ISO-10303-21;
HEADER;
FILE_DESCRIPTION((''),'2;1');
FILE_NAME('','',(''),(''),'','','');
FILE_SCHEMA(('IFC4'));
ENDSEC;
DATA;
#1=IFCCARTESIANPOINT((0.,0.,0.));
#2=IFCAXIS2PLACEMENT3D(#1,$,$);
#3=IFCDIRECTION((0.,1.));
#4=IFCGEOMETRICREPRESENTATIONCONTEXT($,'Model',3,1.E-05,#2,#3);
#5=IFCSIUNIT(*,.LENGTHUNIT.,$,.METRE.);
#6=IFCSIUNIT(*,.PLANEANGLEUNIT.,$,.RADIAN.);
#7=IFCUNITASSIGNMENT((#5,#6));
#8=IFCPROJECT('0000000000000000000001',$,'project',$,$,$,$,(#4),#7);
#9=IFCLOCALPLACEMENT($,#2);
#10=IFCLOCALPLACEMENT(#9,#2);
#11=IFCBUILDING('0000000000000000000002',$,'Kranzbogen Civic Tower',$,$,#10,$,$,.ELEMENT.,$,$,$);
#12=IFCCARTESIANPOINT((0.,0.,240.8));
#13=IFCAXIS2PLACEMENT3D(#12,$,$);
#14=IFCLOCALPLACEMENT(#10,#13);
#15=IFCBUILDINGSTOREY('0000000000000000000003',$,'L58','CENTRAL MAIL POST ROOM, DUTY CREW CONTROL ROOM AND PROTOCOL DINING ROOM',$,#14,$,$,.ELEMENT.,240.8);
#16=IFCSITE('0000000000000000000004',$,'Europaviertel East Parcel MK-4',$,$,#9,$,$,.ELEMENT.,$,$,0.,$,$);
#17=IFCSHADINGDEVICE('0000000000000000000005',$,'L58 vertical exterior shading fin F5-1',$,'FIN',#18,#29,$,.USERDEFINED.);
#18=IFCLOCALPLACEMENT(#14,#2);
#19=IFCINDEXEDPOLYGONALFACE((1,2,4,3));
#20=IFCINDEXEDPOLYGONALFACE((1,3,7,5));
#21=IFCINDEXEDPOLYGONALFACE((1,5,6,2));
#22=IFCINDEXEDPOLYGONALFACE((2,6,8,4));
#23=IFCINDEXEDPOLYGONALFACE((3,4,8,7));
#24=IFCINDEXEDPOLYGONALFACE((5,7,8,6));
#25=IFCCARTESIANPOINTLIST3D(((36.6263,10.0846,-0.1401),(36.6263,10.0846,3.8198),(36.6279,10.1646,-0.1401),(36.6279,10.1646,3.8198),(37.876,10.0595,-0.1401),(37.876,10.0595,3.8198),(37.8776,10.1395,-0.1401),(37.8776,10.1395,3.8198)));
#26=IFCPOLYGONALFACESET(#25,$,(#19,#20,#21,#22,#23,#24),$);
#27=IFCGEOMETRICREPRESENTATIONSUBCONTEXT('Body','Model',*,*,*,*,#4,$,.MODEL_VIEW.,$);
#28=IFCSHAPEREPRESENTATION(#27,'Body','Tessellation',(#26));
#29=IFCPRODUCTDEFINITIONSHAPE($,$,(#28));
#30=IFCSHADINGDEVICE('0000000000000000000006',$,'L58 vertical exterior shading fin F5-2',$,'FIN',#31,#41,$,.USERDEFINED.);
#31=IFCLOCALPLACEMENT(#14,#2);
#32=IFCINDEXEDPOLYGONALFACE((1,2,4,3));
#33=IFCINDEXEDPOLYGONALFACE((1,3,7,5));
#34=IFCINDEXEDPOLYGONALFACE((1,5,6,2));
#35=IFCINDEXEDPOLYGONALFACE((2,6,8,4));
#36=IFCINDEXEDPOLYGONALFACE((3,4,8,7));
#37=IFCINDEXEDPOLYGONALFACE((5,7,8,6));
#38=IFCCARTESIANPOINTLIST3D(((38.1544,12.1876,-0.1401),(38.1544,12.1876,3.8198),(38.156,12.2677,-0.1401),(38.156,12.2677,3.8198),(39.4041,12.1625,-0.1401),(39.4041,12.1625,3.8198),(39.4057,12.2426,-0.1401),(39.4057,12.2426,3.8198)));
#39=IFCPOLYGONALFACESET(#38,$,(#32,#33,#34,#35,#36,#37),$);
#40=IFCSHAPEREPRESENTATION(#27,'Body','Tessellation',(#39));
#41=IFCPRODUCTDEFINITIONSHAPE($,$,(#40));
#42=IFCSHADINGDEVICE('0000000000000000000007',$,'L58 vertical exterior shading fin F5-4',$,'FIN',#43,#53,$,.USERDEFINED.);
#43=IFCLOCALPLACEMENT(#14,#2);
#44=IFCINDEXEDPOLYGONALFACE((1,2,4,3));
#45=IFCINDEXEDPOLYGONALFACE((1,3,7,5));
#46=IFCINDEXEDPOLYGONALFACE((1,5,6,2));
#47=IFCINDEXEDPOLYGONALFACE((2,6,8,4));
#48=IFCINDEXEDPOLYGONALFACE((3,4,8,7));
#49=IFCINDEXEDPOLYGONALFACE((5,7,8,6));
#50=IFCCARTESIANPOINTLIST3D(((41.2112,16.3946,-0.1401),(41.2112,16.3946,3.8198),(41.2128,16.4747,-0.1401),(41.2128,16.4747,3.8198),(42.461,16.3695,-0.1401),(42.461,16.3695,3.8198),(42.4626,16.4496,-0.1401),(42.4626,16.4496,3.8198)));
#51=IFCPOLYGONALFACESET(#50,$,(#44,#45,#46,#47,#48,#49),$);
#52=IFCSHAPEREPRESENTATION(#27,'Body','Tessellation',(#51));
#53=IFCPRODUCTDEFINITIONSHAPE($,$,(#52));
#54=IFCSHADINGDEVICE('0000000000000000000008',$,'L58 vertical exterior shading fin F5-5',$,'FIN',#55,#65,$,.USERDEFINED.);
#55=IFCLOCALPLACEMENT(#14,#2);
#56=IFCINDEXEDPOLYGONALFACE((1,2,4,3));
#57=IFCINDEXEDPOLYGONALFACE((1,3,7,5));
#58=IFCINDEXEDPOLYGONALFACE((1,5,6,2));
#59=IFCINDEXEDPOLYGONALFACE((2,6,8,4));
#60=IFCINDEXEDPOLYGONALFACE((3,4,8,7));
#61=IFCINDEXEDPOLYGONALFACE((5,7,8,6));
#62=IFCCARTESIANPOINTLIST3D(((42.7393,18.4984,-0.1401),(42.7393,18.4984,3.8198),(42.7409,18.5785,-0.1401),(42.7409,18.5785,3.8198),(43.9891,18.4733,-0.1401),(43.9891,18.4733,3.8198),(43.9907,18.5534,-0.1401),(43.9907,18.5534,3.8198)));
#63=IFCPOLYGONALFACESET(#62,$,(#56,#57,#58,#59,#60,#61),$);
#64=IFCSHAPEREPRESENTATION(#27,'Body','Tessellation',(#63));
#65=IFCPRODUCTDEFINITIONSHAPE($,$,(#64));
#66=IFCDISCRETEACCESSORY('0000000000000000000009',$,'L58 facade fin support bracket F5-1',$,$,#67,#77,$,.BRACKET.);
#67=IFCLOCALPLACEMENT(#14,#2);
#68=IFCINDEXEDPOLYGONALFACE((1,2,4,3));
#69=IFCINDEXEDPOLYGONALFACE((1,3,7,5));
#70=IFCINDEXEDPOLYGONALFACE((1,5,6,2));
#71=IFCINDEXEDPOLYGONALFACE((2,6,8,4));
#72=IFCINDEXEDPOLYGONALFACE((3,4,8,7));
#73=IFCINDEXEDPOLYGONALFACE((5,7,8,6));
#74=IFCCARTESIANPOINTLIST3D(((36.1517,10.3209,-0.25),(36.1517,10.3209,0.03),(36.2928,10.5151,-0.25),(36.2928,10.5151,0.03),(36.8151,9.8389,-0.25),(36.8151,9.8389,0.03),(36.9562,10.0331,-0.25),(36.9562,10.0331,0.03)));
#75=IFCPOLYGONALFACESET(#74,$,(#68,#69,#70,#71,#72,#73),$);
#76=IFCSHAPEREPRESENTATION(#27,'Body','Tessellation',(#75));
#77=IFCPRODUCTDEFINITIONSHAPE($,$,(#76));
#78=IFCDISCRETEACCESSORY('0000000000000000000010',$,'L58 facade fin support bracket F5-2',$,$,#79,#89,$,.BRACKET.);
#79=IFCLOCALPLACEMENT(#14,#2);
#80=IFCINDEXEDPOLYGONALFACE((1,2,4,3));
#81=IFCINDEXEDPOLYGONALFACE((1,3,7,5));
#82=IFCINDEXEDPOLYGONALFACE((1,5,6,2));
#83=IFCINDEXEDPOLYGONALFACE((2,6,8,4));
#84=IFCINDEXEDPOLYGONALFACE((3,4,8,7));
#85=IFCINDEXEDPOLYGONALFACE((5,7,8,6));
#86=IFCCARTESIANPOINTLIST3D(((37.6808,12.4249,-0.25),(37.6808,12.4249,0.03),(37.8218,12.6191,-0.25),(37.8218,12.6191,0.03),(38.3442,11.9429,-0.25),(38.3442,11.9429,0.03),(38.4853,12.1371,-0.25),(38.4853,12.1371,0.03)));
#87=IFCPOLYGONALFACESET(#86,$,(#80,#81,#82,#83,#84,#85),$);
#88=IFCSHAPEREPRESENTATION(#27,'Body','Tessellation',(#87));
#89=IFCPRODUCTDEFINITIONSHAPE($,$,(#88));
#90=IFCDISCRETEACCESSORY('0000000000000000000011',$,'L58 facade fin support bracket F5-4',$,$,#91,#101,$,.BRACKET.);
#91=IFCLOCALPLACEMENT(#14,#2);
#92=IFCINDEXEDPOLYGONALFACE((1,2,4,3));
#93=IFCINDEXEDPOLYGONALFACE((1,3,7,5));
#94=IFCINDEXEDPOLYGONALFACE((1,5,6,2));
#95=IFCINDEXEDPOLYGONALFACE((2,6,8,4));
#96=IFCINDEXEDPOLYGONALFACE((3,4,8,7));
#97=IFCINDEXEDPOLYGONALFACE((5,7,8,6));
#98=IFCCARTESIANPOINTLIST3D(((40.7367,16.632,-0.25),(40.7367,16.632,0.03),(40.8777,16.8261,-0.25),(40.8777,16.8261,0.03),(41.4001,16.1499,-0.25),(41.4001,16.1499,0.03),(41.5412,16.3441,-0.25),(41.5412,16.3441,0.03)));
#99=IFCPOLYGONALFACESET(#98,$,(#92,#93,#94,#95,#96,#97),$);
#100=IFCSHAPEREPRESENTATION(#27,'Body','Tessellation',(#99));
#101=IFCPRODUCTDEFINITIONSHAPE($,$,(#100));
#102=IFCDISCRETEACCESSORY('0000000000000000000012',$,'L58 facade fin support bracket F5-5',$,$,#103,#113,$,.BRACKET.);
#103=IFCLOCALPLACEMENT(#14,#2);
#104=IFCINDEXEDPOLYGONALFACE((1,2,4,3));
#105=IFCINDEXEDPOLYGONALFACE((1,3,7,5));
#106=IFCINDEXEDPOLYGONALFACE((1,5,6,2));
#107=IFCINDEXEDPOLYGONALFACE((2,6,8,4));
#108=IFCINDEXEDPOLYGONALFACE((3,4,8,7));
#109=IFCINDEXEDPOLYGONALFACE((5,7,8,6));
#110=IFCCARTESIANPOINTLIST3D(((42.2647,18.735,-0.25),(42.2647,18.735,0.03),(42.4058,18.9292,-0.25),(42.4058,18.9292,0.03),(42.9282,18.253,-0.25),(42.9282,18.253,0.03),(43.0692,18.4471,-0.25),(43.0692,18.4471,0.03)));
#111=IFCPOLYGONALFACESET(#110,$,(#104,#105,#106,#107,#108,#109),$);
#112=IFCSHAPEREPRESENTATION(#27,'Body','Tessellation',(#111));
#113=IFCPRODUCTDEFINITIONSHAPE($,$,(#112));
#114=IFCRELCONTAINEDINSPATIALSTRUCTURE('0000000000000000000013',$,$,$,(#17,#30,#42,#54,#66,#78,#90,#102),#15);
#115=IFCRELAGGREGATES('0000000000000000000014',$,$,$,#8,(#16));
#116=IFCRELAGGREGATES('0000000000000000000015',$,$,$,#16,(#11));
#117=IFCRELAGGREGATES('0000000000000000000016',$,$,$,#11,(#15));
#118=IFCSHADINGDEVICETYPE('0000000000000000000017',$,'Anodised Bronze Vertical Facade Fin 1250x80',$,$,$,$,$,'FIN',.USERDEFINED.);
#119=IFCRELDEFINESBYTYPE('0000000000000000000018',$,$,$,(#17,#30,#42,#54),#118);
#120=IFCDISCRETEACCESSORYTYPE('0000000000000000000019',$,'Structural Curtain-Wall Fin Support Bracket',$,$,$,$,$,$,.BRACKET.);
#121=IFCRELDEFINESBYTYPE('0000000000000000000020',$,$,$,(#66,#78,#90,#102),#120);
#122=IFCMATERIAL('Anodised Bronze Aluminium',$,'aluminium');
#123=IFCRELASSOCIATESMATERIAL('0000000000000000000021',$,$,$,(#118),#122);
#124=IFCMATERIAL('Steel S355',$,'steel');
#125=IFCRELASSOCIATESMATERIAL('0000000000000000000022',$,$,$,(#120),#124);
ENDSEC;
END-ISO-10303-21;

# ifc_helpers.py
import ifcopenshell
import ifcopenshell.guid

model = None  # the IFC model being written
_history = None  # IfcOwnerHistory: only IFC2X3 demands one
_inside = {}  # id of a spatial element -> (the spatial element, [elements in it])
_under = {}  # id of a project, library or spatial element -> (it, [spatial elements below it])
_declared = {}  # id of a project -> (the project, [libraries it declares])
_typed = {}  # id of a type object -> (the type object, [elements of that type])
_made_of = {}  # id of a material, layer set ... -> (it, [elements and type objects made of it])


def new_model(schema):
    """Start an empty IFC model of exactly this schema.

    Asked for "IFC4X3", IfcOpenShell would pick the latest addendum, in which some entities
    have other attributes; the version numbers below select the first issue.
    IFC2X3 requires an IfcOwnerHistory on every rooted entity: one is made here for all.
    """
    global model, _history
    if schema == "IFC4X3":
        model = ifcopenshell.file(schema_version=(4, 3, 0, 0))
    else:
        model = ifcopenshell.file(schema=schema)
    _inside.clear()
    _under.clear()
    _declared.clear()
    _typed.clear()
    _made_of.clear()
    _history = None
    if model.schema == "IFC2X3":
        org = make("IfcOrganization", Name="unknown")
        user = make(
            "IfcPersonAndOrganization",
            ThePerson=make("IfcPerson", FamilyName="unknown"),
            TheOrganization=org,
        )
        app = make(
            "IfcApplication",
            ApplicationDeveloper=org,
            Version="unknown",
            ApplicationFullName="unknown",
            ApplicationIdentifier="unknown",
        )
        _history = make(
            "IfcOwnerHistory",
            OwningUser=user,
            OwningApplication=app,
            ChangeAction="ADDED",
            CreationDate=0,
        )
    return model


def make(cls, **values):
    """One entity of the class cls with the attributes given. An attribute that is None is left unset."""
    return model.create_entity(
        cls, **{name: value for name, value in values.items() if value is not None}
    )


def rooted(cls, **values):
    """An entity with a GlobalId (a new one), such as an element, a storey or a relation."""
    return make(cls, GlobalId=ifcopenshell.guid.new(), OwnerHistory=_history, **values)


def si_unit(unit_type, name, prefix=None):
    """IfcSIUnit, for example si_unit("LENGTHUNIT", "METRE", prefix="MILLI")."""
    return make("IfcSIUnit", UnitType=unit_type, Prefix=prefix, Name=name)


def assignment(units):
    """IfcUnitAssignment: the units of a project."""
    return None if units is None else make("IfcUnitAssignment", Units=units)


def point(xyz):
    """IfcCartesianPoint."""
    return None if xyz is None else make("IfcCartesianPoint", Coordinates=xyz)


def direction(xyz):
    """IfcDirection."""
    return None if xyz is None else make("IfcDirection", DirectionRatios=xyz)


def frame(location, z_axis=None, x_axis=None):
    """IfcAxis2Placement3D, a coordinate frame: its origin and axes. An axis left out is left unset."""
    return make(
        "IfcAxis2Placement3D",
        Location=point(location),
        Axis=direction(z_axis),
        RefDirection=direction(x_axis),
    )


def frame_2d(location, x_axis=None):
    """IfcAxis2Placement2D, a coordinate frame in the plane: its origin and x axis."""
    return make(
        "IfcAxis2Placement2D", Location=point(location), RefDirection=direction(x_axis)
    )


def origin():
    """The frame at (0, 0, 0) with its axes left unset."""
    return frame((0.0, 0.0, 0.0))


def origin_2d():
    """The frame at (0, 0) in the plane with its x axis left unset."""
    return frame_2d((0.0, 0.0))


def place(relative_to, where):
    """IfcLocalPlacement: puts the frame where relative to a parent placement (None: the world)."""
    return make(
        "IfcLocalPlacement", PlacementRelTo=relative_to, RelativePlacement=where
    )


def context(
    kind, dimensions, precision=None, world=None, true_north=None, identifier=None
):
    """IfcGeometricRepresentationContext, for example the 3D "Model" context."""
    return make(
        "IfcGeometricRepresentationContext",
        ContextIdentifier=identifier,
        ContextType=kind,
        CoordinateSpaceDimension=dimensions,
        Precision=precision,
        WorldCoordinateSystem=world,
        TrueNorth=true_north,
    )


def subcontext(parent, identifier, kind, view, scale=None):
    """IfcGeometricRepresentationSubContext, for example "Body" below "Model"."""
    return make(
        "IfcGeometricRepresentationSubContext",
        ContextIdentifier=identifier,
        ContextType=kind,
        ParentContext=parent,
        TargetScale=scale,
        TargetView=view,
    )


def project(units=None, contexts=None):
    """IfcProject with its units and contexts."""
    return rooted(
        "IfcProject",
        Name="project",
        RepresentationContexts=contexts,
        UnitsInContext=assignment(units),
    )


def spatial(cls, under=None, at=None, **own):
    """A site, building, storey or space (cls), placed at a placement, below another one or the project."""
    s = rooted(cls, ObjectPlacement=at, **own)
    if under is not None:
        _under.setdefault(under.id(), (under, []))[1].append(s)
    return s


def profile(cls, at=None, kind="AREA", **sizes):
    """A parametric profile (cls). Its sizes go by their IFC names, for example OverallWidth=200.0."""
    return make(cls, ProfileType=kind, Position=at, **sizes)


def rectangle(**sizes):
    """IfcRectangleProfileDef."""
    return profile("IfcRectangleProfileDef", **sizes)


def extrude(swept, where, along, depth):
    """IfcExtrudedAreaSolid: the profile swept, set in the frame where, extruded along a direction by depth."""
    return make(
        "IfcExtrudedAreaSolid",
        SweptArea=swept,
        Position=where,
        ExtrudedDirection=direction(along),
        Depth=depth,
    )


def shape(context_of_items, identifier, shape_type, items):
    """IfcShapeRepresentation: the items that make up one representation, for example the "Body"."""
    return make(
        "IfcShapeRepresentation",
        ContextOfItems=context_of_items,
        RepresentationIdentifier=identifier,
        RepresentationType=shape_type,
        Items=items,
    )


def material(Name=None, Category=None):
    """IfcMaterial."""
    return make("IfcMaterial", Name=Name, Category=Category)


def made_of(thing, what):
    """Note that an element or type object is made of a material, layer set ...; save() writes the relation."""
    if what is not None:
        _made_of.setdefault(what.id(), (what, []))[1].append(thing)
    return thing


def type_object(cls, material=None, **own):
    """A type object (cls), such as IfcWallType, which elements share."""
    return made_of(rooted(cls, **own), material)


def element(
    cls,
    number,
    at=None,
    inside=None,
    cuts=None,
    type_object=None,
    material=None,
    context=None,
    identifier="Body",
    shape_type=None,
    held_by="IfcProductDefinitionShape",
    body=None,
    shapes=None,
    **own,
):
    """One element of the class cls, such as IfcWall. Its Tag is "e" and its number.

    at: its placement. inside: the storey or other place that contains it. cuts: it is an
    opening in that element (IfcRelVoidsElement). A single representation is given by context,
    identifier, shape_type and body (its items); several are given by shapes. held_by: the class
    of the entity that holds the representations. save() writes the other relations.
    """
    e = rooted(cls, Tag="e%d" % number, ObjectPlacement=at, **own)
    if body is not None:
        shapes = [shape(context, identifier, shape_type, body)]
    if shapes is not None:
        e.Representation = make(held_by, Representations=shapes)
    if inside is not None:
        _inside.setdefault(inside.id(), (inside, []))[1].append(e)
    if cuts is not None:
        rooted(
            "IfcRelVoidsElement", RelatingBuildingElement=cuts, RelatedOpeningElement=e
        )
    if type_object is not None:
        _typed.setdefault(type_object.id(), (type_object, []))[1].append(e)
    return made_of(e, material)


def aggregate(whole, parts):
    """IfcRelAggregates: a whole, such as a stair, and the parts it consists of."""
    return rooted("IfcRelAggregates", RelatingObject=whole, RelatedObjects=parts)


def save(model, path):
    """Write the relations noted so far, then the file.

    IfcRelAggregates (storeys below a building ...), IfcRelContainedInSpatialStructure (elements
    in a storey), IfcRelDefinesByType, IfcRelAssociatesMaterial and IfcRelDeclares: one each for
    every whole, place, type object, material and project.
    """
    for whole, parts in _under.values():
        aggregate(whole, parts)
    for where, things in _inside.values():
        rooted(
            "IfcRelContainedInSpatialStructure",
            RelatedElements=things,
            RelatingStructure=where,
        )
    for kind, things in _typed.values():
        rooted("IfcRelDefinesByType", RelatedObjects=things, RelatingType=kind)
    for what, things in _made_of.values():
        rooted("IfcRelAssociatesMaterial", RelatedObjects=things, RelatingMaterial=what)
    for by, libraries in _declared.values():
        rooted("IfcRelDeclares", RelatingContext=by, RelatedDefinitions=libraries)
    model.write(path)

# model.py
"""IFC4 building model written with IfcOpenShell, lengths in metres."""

from ifc_helpers import new_model, si_unit, direction, frame, origin, origin_2d, place, context, subcontext, project, spatial, rectangle, extrude, material, type_object, element, save


model = new_model("IFC4")

# Units and contexts
model_context = context("Model", 3, precision=1e-05, world=origin(), true_north=direction((0.0, 1.0)))
body_context = subcontext(model_context, "Body", "Model", "MODEL_VIEW")
ifc_project = project(units=[si_unit("LENGTHUNIT", "METRE"), si_unit("PLANEANGLEUNIT", "RADIAN")], contexts=[model_context])

# Site, building, storey
site_placement = place(None, origin())
site = spatial("IfcSite", under=ifc_project, at=site_placement, Name="Europaviertel East Parcel MK-4", CompositionType="ELEMENT", RefElevation=0.0)
building_placement = place(site_placement, origin())
building = spatial("IfcBuilding", under=site, at=building_placement, Name="Kranzbogen Civic Tower", CompositionType="ELEMENT")
storey_placement = place(building_placement, frame((0.0, 0.0, 240.8)))
storey = spatial("IfcBuildingStorey", under=building, at=storey_placement, Name="L58", Description="CENTRAL MAIL POST ROOM, DUTY CREW CONTROL ROOM AND PROTOCOL DINING ROOM", CompositionType="ELEMENT", Elevation=240.8)

# Shared definitions
ifc_material_1 = material(Name="Steel S355", Category="steel")

# Shading devices
ifc_material_2 = material(Name="Anodised Bronze Aluminium", Category="aluminium")
shading_device_type = type_object("IfcShadingDeviceType", Name="Anodised Bronze Vertical Facade Fin 1250x80", ElementType="FIN", PredefinedType="USERDEFINED", material=ifc_material_2)
for number, where, z_axis, x_axis, name in (
    (1, (37.252, 10.1121, -0.1401), (0.0, 0.0, 1.0), (0.999798, -0.020087, 0.0), "L58 vertical exterior shading fin F5-1"),
    (2, (38.78, 12.2151, -0.1401), (0.0, 0.0, 1.0), (0.999798, -0.020087, 0.0), "L58 vertical exterior shading fin F5-2"),
    (3, (41.8369, 16.4221, -0.1401), (0.0, 0.0, 1.0), (0.999798, -0.020087, 0.0), "L58 vertical exterior shading fin F5-4"),
    (4, (43.365, 18.5259, -0.1401), (0.0, 0.0, 1.0), (0.999798, -0.020087, 0.0), "L58 vertical exterior shading fin F5-5"),
):
    element("IfcShadingDevice", number, at=place(storey_placement, frame(where, z_axis=z_axis, x_axis=x_axis)), inside=storey, type_object=shading_device_type, Name=name, ObjectType="FIN", PredefinedType="USERDEFINED", context=body_context, shape_type="SweptSolid", body=[
        extrude(rectangle(XDim=1.25, YDim=0.0801, at=origin_2d()), origin(), (0.0, 0.0, 1.0), 3.96),
    ])

# Discrete accessories
discrete_accessory_type = type_object("IfcDiscreteAccessoryType", Name="Structural Curtain-Wall Fin Support Bracket", PredefinedType="BRACKET", material=ifc_material_1)
for number, where, z_axis, x_axis, name in (
    (5, (36.554, 10.177, -0.25), (0.0, 0.0, 1.0), (0.809017, -0.587785, 0.0), "L58 facade fin support bracket F5-1"),
    (6, (38.083, 12.281, -0.25), (0.0, 0.0, 1.0), (0.809017, -0.587785, 0.0), "L58 facade fin support bracket F5-2"),
    (7, (41.1389, 16.488, -0.25), (0.0, 0.0, 1.0), (0.809017, -0.587785, 0.0), "L58 facade fin support bracket F5-4"),
    (8, (42.667, 18.5911, -0.25), (0.0, 0.0, 1.0), (0.809017, -0.587785, 0.0), "L58 facade fin support bracket F5-5"),
):
    element("IfcDiscreteAccessory", number, at=place(storey_placement, frame(where, z_axis=z_axis, x_axis=x_axis)), inside=storey, type_object=discrete_accessory_type, Name=name, PredefinedType="BRACKET", context=body_context, shape_type="SweptSolid", body=[
        extrude(rectangle(XDim=0.8201, YDim=0.24, at=origin_2d()), origin(), (0.0, 0.0, 1.0), 0.28),
    ])

save(model, "model.ifc")
